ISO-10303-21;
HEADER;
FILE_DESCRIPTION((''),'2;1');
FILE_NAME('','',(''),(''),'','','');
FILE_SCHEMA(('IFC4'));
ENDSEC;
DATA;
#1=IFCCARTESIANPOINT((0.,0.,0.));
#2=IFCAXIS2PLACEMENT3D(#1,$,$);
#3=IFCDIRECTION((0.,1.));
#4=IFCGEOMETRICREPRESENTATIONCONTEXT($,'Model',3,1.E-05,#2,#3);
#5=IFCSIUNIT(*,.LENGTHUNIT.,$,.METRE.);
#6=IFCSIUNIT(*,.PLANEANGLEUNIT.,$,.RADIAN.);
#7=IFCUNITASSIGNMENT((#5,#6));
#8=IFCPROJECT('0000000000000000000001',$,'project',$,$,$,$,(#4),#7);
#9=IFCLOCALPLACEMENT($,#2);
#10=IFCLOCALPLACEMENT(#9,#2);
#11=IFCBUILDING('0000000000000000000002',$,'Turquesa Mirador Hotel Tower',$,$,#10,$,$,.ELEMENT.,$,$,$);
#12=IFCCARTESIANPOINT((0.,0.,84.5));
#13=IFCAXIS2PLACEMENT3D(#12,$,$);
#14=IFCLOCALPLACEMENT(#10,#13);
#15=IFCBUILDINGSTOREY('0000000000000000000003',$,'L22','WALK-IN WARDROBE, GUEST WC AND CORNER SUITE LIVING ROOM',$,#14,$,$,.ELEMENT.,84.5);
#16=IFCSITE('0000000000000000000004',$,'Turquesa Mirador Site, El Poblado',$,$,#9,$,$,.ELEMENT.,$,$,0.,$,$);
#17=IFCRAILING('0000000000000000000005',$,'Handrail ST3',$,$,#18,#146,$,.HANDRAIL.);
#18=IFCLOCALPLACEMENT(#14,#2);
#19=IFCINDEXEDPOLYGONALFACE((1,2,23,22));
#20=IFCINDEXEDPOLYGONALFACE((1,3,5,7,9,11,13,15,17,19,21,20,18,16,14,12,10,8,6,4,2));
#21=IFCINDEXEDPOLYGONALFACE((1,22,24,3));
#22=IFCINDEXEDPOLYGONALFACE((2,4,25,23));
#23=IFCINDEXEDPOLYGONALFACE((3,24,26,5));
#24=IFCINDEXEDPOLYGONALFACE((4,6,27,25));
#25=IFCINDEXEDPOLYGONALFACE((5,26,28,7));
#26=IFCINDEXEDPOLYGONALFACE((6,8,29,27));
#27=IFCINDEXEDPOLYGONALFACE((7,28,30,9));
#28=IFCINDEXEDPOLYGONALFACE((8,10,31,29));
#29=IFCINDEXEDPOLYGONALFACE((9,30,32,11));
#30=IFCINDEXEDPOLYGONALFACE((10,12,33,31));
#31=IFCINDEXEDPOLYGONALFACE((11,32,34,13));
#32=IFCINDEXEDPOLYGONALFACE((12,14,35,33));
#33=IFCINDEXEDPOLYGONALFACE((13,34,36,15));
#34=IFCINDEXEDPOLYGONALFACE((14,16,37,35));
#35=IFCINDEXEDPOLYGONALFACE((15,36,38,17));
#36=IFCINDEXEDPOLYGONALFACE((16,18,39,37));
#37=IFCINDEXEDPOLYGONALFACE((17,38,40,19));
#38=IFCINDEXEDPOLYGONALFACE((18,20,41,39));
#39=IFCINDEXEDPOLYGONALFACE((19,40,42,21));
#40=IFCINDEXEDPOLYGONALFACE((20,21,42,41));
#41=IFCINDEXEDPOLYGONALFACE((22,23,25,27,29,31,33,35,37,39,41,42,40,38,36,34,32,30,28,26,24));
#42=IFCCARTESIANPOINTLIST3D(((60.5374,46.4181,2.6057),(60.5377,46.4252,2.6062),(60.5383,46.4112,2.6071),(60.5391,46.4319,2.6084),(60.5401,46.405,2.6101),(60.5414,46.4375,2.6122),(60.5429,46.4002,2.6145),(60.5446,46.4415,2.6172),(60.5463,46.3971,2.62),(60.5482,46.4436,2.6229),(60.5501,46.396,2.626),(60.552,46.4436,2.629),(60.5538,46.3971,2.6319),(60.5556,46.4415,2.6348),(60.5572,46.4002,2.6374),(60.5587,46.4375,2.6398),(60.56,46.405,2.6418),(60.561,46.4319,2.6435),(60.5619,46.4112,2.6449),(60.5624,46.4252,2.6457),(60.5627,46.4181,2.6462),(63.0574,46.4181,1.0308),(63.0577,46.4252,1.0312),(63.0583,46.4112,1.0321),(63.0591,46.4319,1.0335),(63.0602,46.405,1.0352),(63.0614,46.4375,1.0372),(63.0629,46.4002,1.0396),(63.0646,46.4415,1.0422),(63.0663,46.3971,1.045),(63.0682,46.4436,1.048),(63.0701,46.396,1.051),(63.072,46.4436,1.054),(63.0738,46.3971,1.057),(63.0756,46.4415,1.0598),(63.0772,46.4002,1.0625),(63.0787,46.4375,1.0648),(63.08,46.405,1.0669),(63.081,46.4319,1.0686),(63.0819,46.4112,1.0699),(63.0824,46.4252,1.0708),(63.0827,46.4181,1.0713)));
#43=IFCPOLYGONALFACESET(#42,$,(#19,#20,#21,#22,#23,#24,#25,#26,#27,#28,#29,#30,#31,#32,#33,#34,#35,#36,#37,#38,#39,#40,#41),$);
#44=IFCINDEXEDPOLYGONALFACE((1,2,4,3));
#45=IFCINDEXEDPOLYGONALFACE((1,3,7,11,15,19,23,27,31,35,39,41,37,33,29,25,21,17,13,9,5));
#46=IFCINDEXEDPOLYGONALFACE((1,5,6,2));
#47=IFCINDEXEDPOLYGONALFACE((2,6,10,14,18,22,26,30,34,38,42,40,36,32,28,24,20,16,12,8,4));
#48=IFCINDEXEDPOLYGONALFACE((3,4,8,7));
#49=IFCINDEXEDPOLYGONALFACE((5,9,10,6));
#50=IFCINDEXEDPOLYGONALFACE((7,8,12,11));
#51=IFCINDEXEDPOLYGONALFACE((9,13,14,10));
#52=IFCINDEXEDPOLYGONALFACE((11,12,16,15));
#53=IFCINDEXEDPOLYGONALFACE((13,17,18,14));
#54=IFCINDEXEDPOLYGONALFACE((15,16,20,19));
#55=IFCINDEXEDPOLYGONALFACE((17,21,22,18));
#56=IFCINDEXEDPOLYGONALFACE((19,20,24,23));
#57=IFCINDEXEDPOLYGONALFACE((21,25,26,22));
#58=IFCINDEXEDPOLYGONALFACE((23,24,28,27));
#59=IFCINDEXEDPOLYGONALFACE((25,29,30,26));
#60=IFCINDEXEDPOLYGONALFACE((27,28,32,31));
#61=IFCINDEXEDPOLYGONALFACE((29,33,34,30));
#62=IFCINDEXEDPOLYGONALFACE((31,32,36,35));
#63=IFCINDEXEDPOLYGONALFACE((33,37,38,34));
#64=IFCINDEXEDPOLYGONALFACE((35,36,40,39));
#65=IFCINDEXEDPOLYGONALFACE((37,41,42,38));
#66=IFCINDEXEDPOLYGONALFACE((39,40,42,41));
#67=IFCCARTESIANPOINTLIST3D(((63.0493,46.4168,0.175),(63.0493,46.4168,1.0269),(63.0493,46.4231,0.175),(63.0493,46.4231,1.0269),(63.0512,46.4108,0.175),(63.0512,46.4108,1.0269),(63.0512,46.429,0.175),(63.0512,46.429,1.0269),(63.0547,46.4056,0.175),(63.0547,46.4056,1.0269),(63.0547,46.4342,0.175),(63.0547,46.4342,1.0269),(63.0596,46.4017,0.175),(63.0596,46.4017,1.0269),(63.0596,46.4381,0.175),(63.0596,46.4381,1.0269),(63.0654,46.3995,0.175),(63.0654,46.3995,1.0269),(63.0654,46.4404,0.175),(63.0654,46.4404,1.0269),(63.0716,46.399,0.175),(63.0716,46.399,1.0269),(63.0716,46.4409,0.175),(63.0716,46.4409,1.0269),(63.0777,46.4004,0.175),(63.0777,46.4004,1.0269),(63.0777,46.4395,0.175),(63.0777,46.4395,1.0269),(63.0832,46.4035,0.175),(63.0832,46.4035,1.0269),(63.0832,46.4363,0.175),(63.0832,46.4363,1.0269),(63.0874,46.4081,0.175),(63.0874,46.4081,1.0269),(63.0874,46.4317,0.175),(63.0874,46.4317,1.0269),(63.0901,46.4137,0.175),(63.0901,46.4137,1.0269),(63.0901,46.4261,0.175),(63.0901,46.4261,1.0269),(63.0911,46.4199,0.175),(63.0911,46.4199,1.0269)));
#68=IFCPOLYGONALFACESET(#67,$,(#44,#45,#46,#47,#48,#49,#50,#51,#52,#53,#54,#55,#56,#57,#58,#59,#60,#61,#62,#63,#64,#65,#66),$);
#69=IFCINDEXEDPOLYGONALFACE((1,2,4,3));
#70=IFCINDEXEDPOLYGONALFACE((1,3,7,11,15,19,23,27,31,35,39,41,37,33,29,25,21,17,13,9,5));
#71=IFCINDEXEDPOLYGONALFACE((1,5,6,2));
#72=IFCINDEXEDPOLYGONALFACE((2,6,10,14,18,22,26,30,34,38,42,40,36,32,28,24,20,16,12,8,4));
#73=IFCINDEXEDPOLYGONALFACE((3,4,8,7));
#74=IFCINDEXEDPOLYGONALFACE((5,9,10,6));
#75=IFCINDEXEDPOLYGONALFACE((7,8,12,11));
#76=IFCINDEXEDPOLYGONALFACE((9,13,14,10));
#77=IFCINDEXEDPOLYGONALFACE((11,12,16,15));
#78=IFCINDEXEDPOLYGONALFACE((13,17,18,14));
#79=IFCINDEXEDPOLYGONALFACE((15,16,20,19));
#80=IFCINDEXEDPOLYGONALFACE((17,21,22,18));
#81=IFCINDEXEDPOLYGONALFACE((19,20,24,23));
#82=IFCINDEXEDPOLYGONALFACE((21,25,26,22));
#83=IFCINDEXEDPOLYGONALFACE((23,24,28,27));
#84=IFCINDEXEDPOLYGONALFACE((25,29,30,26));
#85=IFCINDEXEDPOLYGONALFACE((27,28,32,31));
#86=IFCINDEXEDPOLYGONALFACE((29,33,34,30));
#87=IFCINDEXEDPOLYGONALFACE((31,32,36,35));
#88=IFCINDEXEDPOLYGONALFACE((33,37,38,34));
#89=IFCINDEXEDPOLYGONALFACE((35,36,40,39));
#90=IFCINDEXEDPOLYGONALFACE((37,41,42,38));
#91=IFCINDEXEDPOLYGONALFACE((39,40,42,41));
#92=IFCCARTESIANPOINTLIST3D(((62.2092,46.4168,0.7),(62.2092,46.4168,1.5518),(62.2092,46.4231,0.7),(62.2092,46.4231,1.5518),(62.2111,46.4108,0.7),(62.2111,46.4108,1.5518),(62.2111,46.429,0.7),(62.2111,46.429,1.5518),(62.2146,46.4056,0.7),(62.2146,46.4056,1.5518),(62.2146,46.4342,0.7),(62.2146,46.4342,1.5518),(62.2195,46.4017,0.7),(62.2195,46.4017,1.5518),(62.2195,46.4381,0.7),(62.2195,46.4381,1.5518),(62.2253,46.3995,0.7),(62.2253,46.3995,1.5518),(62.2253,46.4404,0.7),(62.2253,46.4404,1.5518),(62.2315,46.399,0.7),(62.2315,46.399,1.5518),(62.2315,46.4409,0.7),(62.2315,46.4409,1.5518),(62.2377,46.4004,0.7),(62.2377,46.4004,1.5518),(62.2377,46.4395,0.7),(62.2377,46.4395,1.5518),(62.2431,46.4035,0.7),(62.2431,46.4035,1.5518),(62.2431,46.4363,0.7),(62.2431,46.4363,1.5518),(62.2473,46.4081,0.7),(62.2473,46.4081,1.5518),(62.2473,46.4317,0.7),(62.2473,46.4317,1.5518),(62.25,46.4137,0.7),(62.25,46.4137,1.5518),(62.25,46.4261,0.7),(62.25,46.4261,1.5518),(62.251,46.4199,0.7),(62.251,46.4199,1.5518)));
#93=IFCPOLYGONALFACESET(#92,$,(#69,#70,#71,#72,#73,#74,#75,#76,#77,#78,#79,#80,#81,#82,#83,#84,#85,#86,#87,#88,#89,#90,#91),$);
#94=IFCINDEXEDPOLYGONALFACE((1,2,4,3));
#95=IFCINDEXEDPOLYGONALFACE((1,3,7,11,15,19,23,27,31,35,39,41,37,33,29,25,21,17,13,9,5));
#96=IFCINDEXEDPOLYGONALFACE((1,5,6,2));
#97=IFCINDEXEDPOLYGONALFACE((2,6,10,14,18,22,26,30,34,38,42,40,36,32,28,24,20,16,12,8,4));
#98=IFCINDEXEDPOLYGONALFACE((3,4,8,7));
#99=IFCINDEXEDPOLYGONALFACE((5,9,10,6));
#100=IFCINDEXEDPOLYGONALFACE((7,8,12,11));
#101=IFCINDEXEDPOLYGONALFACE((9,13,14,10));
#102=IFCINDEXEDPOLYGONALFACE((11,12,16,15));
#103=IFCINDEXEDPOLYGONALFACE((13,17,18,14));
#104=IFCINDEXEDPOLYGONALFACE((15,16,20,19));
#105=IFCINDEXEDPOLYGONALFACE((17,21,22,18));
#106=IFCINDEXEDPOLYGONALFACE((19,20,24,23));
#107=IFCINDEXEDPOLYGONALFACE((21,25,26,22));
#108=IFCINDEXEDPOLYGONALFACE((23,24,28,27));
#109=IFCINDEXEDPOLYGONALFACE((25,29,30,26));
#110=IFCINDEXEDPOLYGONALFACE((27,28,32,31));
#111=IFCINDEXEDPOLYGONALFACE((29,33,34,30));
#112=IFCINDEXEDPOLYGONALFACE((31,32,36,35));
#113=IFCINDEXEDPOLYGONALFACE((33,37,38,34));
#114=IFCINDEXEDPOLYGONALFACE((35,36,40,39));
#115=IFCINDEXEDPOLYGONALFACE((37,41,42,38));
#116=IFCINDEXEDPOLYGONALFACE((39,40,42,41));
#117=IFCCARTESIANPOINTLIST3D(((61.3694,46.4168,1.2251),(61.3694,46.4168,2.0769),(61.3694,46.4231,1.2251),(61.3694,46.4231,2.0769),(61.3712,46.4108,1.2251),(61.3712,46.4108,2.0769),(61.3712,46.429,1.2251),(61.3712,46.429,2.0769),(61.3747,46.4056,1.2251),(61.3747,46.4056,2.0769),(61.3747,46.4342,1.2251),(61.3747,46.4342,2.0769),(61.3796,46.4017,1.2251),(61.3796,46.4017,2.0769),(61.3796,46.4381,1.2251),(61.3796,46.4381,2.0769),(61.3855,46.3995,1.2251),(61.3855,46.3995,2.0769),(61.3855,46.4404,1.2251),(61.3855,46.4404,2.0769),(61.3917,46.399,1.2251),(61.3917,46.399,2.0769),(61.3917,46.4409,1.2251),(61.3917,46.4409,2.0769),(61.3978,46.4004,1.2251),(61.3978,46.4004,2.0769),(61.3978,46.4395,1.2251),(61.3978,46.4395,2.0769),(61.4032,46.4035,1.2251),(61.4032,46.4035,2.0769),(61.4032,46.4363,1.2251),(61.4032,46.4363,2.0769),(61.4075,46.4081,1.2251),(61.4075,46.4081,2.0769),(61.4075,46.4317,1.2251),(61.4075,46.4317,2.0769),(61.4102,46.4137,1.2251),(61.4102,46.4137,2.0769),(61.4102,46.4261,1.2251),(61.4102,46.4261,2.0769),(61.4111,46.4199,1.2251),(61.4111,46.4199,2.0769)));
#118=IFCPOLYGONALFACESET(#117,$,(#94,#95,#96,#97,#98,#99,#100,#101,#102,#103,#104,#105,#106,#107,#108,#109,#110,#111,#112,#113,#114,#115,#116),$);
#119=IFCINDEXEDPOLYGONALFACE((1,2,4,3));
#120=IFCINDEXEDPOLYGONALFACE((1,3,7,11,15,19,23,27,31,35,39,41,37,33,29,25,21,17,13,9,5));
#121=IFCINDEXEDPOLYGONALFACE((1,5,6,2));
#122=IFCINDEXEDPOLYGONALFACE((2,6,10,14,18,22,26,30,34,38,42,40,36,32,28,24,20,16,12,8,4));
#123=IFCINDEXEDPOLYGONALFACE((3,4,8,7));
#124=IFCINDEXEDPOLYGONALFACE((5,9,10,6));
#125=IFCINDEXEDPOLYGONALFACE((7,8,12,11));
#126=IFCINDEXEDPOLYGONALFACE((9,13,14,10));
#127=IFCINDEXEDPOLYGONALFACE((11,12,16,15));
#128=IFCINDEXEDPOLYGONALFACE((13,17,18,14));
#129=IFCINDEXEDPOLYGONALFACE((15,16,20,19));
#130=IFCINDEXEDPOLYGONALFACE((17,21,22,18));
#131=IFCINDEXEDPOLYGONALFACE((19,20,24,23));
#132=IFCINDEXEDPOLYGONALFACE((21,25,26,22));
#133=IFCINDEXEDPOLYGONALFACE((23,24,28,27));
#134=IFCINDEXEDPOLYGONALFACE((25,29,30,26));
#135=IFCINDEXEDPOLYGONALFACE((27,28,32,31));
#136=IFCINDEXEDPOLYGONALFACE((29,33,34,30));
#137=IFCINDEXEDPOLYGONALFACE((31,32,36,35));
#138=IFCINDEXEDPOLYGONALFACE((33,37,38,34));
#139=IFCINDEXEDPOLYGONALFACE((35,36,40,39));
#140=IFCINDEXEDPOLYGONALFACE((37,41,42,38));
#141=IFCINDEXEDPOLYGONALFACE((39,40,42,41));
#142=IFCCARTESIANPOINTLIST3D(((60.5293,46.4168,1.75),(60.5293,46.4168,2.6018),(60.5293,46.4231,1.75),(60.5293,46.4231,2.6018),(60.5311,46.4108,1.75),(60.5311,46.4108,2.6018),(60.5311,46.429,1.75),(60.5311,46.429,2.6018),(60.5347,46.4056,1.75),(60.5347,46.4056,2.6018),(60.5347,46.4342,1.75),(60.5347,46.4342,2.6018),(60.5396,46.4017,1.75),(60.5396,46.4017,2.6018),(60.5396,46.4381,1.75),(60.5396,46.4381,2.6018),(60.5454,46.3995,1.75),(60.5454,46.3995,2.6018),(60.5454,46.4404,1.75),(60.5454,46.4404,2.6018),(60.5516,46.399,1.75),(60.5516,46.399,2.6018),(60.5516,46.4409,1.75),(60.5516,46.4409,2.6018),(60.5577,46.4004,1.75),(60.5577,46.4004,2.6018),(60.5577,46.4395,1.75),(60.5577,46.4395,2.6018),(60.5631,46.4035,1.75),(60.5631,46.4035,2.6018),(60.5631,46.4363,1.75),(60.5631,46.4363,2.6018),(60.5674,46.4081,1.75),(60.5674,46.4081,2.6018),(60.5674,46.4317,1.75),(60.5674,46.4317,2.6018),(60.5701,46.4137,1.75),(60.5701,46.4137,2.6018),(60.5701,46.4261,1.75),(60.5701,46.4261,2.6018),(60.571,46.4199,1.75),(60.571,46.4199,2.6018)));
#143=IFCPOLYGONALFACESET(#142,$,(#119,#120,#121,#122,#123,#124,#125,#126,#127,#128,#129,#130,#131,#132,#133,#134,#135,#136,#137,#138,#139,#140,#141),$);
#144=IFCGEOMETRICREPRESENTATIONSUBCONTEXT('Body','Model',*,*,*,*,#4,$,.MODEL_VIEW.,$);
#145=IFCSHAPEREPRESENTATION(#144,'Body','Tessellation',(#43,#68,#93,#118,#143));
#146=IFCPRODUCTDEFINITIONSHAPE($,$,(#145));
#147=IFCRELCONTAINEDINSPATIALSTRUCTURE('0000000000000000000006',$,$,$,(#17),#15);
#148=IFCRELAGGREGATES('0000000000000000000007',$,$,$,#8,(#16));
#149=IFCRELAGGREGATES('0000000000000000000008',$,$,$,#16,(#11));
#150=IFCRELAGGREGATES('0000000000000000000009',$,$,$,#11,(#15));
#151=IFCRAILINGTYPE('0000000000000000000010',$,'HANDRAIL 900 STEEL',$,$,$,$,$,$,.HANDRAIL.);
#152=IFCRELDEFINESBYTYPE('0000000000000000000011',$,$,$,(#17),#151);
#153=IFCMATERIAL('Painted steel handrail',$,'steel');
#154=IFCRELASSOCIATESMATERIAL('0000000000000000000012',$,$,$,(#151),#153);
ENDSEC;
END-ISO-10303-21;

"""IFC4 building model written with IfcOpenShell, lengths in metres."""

from ifc_helpers import new_model, si_unit, direction, frame, origin, origin_2d, place, context, subcontext, project, spatial, circle, extrude, material, type_object, element, save


model = new_model("IFC4")

# Units and contexts
model_context = context("Model", 3, precision=1e-05, world=origin(), true_north=direction((0.0, 1.0)))
body_context = subcontext(model_context, "Body", "Model", "MODEL_VIEW")
ifc_project = project(units=[si_unit("LENGTHUNIT", "METRE"), si_unit("PLANEANGLEUNIT", "RADIAN")], contexts=[model_context])

# Site, building, storey
site_placement = place(None, origin())
site = spatial("IfcSite", under=ifc_project, at=site_placement, Name="Turquesa Mirador Site, El Poblado", CompositionType="ELEMENT", RefElevation=0.0)
building_placement = place(site_placement, origin())
building = spatial("IfcBuilding", under=site, at=building_placement, Name="Turquesa Mirador Hotel Tower", CompositionType="ELEMENT")
storey_placement = place(building_placement, frame((0.0, 0.0, 84.5)))
storey = spatial("IfcBuildingStorey", under=building, at=storey_placement, Name="L22", Description="WALK-IN WARDROBE, GUEST WC AND CORNER SUITE LIVING ROOM", CompositionType="ELEMENT", Elevation=84.5)

# Railing
ifc_material_1 = material(Name="Painted steel handrail", Category="steel")
railing_type = type_object("IfcRailingType", Name="HANDRAIL 900 STEEL", PredefinedType="HANDRAIL", material=ifc_material_1)
railing_1_placement = place(storey_placement, frame((63.0701, 46.4199, 0.175)))
element("IfcRailing", 1, at=railing_1_placement, inside=storey, type_object=railing_type, Name="Handrail ST3", PredefinedType="HANDRAIL", context=body_context, shape_type="SweptSolid", body=[
    extrude(circle(Radius=0.0239, at=origin_2d()), frame((0.0, 0.0, 0.876), z_axis=(-0.848008, 0.0, 0.529984), x_axis=(0.0, -1.0, 0.0)), (0.0, 0.0, 1.0), 2.9717),
    extrude(circle(Radius=0.021, at=origin_2d()), origin(), (0.0, 0.0, 1.0), 0.8518),
    extrude(circle(Radius=0.021, at=origin_2d()), frame((-0.8401, 0.0, 0.5249)), (0.0, 0.0, 1.0), 0.8518),
    extrude(circle(Radius=0.021, at=origin_2d()), frame((-1.6799, 0.0, 1.05)), (0.0, 0.0, 1.0), 0.8518),
    extrude(circle(Radius=0.021, at=origin_2d()), frame((-2.52, 0.0, 1.575)), (0.0, 0.0, 1.0), 0.8518),
])

save(model, "model.ifc")
